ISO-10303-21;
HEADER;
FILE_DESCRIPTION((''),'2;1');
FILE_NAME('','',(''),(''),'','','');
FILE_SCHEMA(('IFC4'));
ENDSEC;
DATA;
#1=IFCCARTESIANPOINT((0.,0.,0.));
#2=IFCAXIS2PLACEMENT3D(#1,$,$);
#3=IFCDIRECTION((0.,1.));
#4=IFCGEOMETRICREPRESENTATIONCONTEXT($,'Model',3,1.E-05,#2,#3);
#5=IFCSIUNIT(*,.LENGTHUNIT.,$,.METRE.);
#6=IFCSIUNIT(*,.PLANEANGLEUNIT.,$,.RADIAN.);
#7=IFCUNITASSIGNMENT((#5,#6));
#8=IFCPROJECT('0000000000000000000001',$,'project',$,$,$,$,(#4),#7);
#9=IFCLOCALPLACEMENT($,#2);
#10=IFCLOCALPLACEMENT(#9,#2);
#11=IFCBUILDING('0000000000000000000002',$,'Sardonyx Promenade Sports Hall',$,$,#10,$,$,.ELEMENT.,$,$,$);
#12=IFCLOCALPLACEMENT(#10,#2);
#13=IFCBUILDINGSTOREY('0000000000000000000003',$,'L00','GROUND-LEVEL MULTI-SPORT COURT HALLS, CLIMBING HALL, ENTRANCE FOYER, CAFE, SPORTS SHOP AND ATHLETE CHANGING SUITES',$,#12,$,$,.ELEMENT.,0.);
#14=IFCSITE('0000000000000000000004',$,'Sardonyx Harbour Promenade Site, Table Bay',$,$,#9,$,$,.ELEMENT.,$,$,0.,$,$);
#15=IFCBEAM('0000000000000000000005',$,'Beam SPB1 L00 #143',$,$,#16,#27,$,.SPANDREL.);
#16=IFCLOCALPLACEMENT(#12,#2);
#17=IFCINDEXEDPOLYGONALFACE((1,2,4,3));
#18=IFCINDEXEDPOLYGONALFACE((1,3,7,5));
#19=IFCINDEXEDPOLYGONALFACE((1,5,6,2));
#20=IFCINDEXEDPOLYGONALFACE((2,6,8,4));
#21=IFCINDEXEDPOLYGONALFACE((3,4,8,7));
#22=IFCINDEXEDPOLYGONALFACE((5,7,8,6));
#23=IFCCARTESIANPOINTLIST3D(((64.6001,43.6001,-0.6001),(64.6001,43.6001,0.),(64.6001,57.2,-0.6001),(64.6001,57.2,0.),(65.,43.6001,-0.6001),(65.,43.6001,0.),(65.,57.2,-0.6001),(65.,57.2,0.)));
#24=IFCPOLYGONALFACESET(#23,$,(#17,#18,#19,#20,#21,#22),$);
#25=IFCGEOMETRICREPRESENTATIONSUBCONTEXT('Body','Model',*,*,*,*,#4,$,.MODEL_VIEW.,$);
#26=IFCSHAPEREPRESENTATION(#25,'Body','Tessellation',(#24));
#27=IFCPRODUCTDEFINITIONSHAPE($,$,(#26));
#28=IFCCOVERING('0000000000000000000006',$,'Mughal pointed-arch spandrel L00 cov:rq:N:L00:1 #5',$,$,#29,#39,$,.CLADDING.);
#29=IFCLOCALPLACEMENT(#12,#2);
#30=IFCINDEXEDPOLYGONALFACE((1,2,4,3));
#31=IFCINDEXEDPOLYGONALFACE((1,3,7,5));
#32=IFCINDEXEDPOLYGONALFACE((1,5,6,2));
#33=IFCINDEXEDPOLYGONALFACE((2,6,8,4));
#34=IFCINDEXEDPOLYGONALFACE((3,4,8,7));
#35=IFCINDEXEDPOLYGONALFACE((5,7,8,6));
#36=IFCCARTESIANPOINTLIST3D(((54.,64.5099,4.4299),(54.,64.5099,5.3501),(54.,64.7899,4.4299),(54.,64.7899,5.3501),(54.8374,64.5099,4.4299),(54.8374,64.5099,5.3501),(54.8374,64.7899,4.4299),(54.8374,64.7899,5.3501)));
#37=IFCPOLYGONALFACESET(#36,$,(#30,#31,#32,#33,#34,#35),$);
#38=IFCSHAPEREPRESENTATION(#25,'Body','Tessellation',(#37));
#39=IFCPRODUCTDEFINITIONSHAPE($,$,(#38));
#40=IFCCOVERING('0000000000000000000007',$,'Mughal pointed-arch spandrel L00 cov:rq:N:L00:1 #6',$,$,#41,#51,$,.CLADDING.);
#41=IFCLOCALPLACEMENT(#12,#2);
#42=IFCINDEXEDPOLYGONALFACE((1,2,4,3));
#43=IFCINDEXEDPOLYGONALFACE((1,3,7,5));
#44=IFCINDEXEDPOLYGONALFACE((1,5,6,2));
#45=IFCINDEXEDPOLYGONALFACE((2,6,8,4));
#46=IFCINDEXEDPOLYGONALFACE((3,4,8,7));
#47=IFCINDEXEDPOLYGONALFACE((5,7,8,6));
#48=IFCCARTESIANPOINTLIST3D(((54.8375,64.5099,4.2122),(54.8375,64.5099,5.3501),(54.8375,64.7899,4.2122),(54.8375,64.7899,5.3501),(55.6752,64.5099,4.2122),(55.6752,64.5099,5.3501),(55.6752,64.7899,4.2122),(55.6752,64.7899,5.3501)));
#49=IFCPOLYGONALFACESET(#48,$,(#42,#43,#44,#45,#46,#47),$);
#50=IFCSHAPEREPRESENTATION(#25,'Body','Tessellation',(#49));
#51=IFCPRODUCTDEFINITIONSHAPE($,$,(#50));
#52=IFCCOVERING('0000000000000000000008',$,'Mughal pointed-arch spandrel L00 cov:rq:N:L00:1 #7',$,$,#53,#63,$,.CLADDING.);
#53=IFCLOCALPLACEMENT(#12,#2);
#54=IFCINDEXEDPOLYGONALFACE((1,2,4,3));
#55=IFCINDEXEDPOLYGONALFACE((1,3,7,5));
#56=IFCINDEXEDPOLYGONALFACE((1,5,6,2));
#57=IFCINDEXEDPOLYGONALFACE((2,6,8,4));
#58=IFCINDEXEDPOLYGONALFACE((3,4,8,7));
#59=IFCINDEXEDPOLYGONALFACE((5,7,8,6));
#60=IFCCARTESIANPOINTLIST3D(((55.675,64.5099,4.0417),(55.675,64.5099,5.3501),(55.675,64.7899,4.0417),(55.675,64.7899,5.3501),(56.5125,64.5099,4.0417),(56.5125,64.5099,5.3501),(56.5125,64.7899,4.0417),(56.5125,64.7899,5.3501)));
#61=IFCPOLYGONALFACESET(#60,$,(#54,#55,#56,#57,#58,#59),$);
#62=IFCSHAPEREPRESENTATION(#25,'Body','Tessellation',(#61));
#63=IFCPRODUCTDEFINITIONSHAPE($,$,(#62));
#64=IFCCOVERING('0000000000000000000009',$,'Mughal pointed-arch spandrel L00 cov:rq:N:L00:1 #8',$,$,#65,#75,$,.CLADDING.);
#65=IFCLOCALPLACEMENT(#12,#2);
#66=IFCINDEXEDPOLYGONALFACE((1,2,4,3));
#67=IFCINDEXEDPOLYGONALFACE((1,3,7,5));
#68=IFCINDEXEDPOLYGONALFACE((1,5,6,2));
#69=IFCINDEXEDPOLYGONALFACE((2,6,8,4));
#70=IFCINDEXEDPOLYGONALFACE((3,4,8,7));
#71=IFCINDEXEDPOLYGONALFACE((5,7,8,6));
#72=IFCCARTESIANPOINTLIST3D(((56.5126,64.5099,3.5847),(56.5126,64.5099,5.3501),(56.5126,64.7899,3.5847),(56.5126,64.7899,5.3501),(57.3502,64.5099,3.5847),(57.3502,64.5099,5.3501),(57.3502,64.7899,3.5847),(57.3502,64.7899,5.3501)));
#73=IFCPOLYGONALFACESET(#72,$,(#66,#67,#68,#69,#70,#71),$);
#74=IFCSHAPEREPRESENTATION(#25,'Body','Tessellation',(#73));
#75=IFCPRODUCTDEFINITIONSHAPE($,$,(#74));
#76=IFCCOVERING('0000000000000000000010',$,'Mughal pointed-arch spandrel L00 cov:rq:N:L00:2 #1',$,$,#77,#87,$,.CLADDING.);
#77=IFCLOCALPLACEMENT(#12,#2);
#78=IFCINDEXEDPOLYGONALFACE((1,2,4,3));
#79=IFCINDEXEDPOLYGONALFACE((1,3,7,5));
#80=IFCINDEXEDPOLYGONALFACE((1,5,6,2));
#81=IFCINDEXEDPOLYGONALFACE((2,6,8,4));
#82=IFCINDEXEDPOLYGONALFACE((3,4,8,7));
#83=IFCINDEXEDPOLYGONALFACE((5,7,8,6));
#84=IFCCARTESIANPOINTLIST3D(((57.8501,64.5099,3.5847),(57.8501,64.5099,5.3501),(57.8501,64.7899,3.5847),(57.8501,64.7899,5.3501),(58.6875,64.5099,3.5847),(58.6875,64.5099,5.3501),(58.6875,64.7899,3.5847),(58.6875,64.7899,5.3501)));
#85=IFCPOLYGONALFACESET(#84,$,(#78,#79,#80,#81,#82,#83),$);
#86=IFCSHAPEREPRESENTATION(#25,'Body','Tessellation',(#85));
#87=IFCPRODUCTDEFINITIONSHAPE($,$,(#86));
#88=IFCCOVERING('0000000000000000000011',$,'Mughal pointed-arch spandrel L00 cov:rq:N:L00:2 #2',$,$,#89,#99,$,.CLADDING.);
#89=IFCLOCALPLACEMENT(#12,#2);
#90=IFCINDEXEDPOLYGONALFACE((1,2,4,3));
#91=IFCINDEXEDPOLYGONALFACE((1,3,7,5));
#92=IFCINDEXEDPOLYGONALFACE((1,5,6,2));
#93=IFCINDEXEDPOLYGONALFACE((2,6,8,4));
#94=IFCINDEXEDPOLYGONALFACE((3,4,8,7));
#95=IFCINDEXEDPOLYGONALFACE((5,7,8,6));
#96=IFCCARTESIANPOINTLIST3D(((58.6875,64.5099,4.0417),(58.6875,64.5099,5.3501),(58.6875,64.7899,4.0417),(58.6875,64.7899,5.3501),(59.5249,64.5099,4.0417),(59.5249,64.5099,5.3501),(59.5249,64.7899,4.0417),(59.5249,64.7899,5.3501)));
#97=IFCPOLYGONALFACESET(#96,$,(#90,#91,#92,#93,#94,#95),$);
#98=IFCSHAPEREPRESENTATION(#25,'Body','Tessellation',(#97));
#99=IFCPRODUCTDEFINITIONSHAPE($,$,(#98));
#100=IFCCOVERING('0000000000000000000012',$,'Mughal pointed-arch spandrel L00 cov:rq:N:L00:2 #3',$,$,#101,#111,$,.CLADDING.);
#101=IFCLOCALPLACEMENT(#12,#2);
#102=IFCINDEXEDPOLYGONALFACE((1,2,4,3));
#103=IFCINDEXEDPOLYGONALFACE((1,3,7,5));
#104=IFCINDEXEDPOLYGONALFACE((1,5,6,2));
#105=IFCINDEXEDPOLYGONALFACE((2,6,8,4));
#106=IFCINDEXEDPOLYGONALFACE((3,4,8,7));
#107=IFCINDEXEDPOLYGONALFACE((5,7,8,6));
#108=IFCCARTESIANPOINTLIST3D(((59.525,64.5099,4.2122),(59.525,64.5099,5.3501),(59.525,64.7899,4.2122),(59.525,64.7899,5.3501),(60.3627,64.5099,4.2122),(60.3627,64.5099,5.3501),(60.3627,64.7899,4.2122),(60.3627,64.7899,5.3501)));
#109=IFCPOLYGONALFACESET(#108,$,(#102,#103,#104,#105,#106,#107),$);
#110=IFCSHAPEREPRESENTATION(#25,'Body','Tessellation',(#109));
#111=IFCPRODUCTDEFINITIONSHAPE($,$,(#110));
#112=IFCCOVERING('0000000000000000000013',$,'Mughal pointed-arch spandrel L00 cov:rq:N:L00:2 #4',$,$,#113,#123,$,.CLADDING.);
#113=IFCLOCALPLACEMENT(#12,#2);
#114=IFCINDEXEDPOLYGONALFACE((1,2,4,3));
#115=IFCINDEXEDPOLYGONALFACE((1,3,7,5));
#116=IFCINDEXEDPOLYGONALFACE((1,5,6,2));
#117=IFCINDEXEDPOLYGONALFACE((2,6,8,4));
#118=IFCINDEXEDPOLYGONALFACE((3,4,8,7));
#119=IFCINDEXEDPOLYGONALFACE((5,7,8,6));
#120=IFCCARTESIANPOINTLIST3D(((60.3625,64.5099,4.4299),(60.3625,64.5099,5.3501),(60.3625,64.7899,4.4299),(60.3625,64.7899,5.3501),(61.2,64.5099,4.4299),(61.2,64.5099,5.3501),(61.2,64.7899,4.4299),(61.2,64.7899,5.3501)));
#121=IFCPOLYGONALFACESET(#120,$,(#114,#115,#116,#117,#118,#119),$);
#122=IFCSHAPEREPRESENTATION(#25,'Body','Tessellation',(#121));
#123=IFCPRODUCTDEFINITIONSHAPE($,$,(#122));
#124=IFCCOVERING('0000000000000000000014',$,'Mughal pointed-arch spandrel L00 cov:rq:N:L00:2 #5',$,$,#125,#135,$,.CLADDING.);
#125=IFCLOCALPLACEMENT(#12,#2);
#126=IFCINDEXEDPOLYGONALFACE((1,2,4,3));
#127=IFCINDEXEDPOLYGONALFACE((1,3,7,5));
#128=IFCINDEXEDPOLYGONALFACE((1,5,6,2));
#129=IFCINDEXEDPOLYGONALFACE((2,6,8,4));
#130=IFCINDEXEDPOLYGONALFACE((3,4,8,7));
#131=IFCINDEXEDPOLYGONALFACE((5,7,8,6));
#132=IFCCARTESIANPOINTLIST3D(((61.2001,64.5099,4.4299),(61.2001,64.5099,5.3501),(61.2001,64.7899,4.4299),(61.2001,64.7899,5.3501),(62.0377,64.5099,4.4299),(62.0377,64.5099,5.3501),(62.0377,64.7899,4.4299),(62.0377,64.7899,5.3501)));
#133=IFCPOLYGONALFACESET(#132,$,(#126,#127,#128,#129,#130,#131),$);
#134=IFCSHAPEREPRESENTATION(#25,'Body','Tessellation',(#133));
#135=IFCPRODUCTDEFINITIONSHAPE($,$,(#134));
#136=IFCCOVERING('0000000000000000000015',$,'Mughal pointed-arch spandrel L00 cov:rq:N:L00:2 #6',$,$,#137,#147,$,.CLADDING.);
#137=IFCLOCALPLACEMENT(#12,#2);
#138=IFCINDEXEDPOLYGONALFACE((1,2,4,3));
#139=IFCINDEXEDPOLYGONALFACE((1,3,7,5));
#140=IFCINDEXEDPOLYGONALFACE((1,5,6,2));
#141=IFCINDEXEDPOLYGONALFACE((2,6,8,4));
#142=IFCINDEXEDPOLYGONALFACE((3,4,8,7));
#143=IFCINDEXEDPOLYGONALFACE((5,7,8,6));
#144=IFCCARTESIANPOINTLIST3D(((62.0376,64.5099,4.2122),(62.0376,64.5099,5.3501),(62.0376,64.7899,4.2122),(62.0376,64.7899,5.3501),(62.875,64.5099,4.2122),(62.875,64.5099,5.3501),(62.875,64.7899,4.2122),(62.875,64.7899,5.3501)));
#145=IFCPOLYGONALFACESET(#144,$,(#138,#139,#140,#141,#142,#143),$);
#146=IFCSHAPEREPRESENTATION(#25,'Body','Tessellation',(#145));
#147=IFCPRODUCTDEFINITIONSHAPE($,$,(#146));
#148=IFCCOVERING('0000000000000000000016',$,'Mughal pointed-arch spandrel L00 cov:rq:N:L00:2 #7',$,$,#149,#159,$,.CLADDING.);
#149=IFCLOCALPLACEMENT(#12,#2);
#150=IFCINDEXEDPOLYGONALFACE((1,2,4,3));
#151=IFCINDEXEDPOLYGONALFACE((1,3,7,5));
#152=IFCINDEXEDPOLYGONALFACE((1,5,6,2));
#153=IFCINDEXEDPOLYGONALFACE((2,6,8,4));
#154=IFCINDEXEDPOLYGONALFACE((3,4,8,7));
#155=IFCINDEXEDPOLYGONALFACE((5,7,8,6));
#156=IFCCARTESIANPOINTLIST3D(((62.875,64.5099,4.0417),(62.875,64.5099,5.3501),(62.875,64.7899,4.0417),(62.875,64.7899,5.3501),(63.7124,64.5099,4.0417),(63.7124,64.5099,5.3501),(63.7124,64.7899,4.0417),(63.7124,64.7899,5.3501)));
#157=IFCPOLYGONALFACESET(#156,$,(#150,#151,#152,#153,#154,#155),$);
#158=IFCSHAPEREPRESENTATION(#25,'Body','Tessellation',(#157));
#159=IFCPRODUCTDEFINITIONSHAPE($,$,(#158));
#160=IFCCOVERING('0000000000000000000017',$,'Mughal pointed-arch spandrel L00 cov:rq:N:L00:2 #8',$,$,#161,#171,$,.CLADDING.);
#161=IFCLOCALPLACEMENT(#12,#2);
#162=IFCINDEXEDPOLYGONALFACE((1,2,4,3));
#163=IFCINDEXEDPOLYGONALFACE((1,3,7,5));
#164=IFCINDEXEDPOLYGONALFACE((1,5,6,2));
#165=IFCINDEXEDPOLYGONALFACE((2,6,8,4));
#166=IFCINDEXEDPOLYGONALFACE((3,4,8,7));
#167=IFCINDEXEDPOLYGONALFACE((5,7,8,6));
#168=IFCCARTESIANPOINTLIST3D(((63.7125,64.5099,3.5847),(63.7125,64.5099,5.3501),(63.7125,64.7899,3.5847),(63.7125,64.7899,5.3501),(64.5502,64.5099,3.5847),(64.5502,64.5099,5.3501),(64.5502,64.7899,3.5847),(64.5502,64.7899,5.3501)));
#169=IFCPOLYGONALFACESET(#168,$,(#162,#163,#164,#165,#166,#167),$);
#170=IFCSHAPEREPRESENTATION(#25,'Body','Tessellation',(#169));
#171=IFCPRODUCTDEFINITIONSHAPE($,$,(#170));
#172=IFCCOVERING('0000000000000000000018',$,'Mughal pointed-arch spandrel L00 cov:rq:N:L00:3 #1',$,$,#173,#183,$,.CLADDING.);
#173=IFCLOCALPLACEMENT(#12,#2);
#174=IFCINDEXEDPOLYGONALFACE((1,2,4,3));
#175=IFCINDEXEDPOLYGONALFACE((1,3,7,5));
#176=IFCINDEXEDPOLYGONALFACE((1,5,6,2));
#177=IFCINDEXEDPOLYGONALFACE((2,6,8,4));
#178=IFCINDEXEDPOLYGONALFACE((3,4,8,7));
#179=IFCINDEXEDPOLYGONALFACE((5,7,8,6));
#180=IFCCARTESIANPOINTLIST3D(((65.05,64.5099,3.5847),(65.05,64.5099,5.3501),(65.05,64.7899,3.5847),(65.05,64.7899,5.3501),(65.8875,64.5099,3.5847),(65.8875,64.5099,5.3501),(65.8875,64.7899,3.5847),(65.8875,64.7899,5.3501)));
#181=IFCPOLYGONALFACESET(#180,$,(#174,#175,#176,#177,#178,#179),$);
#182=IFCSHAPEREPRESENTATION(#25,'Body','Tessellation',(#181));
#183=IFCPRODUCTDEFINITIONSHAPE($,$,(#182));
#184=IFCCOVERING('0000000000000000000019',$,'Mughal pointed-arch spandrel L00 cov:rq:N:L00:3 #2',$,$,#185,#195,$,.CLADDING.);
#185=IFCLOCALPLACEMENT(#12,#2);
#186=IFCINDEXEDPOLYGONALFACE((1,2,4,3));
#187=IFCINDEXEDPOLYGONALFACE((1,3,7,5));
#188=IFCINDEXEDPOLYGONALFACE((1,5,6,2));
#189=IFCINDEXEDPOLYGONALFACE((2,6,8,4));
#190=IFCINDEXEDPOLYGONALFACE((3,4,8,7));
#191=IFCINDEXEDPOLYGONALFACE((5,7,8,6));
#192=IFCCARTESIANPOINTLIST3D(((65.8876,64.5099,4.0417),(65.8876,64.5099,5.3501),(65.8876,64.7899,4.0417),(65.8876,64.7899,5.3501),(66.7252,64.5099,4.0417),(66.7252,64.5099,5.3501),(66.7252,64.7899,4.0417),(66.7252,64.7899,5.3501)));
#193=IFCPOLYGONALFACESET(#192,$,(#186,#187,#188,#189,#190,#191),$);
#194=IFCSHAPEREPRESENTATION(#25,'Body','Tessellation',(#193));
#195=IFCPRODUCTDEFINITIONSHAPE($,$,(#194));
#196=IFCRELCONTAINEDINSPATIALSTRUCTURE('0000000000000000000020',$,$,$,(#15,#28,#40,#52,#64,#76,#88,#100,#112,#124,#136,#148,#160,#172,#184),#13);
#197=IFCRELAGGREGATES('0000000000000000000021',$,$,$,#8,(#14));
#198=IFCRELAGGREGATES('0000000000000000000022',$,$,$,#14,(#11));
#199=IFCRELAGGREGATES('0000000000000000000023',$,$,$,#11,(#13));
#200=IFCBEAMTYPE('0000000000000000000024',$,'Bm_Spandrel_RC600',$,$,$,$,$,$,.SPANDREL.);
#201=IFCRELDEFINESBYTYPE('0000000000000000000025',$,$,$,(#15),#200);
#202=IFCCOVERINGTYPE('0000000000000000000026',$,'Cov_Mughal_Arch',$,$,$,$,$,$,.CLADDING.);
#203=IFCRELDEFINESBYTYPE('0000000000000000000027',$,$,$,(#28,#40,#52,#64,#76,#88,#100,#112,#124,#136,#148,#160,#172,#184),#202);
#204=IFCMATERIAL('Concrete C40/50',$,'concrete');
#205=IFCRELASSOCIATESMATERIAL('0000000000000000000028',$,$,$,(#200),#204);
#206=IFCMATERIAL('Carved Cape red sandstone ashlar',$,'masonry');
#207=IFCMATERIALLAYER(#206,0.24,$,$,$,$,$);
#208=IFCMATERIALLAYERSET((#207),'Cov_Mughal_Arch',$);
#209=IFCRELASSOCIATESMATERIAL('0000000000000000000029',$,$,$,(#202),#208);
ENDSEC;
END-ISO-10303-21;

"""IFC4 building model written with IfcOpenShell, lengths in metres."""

from ifc_helpers import new_model, si_unit, direction, frame, frame_2d, origin, origin_2d, place, context, subcontext, project, spatial, rectangle, extrude, material, layer, layer_set, material_profile, profile_set, type_object, element, save


model = new_model("IFC4")

# Units and contexts
model_context = context("Model", 3, precision=1e-05, world=origin(), true_north=direction((0.0, 1.0)))
body_context = subcontext(model_context, "Body", "Model", "MODEL_VIEW")
ifc_project = project(units=[si_unit("LENGTHUNIT", "METRE"), si_unit("PLANEANGLEUNIT", "RADIAN")], contexts=[model_context])

# Site, building, storey
site_placement = place(None, origin())
site = spatial("IfcSite", under=ifc_project, at=site_placement, Name="Sardonyx Harbour Promenade Site, Table Bay", CompositionType="ELEMENT", RefElevation=0.0)
building_placement = place(site_placement, origin())
building = spatial("IfcBuilding", under=site, at=building_placement, Name="Sardonyx Promenade Sports Hall", CompositionType="ELEMENT")
storey_placement = place(building_placement, origin())
storey = spatial("IfcBuildingStorey", under=building, at=storey_placement, Name="L00", Description="GROUND-LEVEL MULTI-SPORT COURT HALLS, CLIMBING HALL, ENTRANCE FOYER, CAFE, SPORTS SHOP AND ATHLETE CHANGING SUITES", CompositionType="ELEMENT", Elevation=0.0)

# Beam
ifc_material_1 = material(Name="Concrete C40/50", Category="concrete")
ifc_material_profile = material_profile(ifc_material_1, rectangle(XDim=0.3999, YDim=0.6001, at=origin_2d()))
ifc_profile_set = profile_set([ifc_material_profile], Name="Concrete C40/50")
beam_type = type_object("IfcBeamType", Name="Bm_Spandrel_RC600", PredefinedType="SPANDREL", material=ifc_profile_set)
beam_placement = place(storey_placement, frame((64.8, 43.6001, -0.3), z_axis=(0.0, 1.0, 0.0), x_axis=(-1.0, 0.0, 0.0)))
element("IfcBeam", 1, at=beam_placement, inside=storey, type_object=beam_type, Name="Beam SPB1 L00 #143", PredefinedType="SPANDREL", context=body_context, shape_type="SweptSolid", body=[
    extrude(rectangle(XDim=0.3999, YDim=0.6001, at=origin_2d()), origin(), (0.0, 0.0, 1.0), 13.5999),
])

# Coverings
ifc_material_2 = material(Name="Carved Cape red sandstone ashlar", Category="masonry")
ifc_layer = layer(ifc_material_2, 0.24)
ifc_layer_set = layer_set([ifc_layer], Name="Cov_Mughal_Arch")
covering_type = type_object("IfcCoveringType", Name="Cov_Mughal_Arch", PredefinedType="CLADDING", material=ifc_layer_set)
covering_1_placement = place(storey_placement, frame((54.0, 64.6499, 4.4299), z_axis=(0.0, 0.0, 1.0), x_axis=(1.0, 0.0, 0.0)))
element("IfcCovering", 2, at=covering_1_placement, inside=storey, type_object=covering_type, Name="Mughal pointed-arch spandrel L00 cov:rq:N:L00:1 #5", PredefinedType="CLADDING", context=body_context, shape_type="SweptSolid", body=[
    extrude(rectangle(XDim=0.8374, YDim=0.28, at=frame_2d((0.4187, 0.0))), origin(), (0.0, 0.0, 1.0), 0.9202),
])
covering_2_placement = place(storey_placement, frame((54.8374, 64.6499, 4.2122), z_axis=(0.0, 0.0, 1.0), x_axis=(1.0, 0.0, 0.0)))
element("IfcCovering", 3, at=covering_2_placement, inside=storey, type_object=covering_type, Name="Mughal pointed-arch spandrel L00 cov:rq:N:L00:1 #6", PredefinedType="CLADDING", context=body_context, shape_type="SweptSolid", body=[
    extrude(rectangle(XDim=0.8376, YDim=0.28, at=frame_2d((0.4189, 0.0))), origin(), (0.0, 0.0, 1.0), 1.1379),
])
covering_3_placement = place(storey_placement, frame((55.675, 64.6499, 4.0417), z_axis=(0.0, 0.0, 1.0), x_axis=(1.0, 0.0, 0.0)))
element("IfcCovering", 4, at=covering_3_placement, inside=storey, type_object=covering_type, Name="Mughal pointed-arch spandrel L00 cov:rq:N:L00:1 #7", PredefinedType="CLADDING", context=body_context, shape_type="SweptSolid", body=[
    extrude(rectangle(XDim=0.8374, YDim=0.28, at=frame_2d((0.4187, 0.0))), origin(), (0.0, 0.0, 1.0), 1.3083),
])
covering_4_placement = place(storey_placement, frame((56.5125, 64.6499, 3.5847), z_axis=(0.0, 0.0, 1.0), x_axis=(1.0, 0.0, 0.0)))
element("IfcCovering", 5, at=covering_4_placement, inside=storey, type_object=covering_type, Name="Mughal pointed-arch spandrel L00 cov:rq:N:L00:1 #8", PredefinedType="CLADDING", context=body_context, shape_type="SweptSolid", body=[
    extrude(rectangle(XDim=0.8376, YDim=0.28, at=frame_2d((0.4189, 0.0))), origin(), (0.0, 0.0, 1.0), 1.7654),
])
covering_5_placement = place(storey_placement, frame((57.8501, 64.6499, 3.5847), z_axis=(0.0, 0.0, 1.0), x_axis=(1.0, 0.0, 0.0)))
element("IfcCovering", 6, at=covering_5_placement, inside=storey, type_object=covering_type, Name="Mughal pointed-arch spandrel L00 cov:rq:N:L00:2 #1", PredefinedType="CLADDING", context=body_context, shape_type="SweptSolid", body=[
    extrude(rectangle(XDim=0.8374, YDim=0.28, at=frame_2d((0.4187, 0.0))), origin(), (0.0, 0.0, 1.0), 1.7654),
])
covering_6_placement = place(storey_placement, frame((58.6875, 64.6499, 4.0417), z_axis=(0.0, 0.0, 1.0), x_axis=(1.0, 0.0, 0.0)))
element("IfcCovering", 7, at=covering_6_placement, inside=storey, type_object=covering_type, Name="Mughal pointed-arch spandrel L00 cov:rq:N:L00:2 #2", PredefinedType="CLADDING", context=body_context, shape_type="SweptSolid", body=[
    extrude(rectangle(XDim=0.8374, YDim=0.28, at=frame_2d((0.4187, 0.0))), origin(), (0.0, 0.0, 1.0), 1.3083),
])
covering_7_placement = place(storey_placement, frame((59.5249, 64.6499, 4.2122), z_axis=(0.0, 0.0, 1.0), x_axis=(1.0, 0.0, 0.0)))
element("IfcCovering", 8, at=covering_7_placement, inside=storey, type_object=covering_type, Name="Mughal pointed-arch spandrel L00 cov:rq:N:L00:2 #3", PredefinedType="CLADDING", context=body_context, shape_type="SweptSolid", body=[
    extrude(rectangle(XDim=0.8376, YDim=0.28, at=frame_2d((0.4189, 0.0))), origin(), (0.0, 0.0, 1.0), 1.1379),
])
covering_8_placement = place(storey_placement, frame((60.3625, 64.6499, 4.4299), z_axis=(0.0, 0.0, 1.0), x_axis=(1.0, 0.0, 0.0)))
element("IfcCovering", 9, at=covering_8_placement, inside=storey, type_object=covering_type, Name="Mughal pointed-arch spandrel L00 cov:rq:N:L00:2 #4", PredefinedType="CLADDING", context=body_context, shape_type="SweptSolid", body=[
    extrude(rectangle(XDim=0.8374, YDim=0.28, at=frame_2d((0.4187, 0.0))), origin(), (0.0, 0.0, 1.0), 0.9202),
])
covering_9_placement = place(storey_placement, frame((61.2, 64.6499, 4.4299), z_axis=(0.0, 0.0, 1.0), x_axis=(1.0, 0.0, 0.0)))
element("IfcCovering", 10, at=covering_9_placement, inside=storey, type_object=covering_type, Name="Mughal pointed-arch spandrel L00 cov:rq:N:L00:2 #5", PredefinedType="CLADDING", context=body_context, shape_type="SweptSolid", body=[
    extrude(rectangle(XDim=0.8376, YDim=0.28, at=frame_2d((0.4189, 0.0))), origin(), (0.0, 0.0, 1.0), 0.9202),
])
covering_10_placement = place(storey_placement, frame((62.0376, 64.6499, 4.2122), z_axis=(0.0, 0.0, 1.0), x_axis=(1.0, 0.0, 0.0)))
element("IfcCovering", 11, at=covering_10_placement, inside=storey, type_object=covering_type, Name="Mughal pointed-arch spandrel L00 cov:rq:N:L00:2 #6", PredefinedType="CLADDING", context=body_context, shape_type="SweptSolid", body=[
    extrude(rectangle(XDim=0.8374, YDim=0.28, at=frame_2d((0.4187, 0.0))), origin(), (0.0, 0.0, 1.0), 1.1379),
])
covering_11_placement = place(storey_placement, frame((62.875, 64.6499, 4.0417), z_axis=(0.0, 0.0, 1.0), x_axis=(1.0, 0.0, 0.0)))
element("IfcCovering", 12, at=covering_11_placement, inside=storey, type_object=covering_type, Name="Mughal pointed-arch spandrel L00 cov:rq:N:L00:2 #7", PredefinedType="CLADDING", context=body_context, shape_type="SweptSolid", body=[
    extrude(rectangle(XDim=0.8374, YDim=0.28, at=frame_2d((0.4187, 0.0))), origin(), (0.0, 0.0, 1.0), 1.3083),
])
covering_12_placement = place(storey_placement, frame((63.7124, 64.6499, 3.5847), z_axis=(0.0, 0.0, 1.0), x_axis=(1.0, 0.0, 0.0)))
element("IfcCovering", 13, at=covering_12_placement, inside=storey, type_object=covering_type, Name="Mughal pointed-arch spandrel L00 cov:rq:N:L00:2 #8", PredefinedType="CLADDING", context=body_context, shape_type="SweptSolid", body=[
    extrude(rectangle(XDim=0.8376, YDim=0.28, at=frame_2d((0.4189, 0.0))), origin(), (0.0, 0.0, 1.0), 1.7654),
])
covering_13_placement = place(storey_placement, frame((65.05, 64.6499, 3.5847), z_axis=(0.0, 0.0, 1.0), x_axis=(1.0, 0.0, 0.0)))
element("IfcCovering", 14, at=covering_13_placement, inside=storey, type_object=covering_type, Name="Mughal pointed-arch spandrel L00 cov:rq:N:L00:3 #1", PredefinedType="CLADDING", context=body_context, shape_type="SweptSolid", body=[
    extrude(rectangle(XDim=0.8374, YDim=0.28, at=frame_2d((0.4187, 0.0))), origin(), (0.0, 0.0, 1.0), 1.7654),
])
covering_14_placement = place(storey_placement, frame((65.8875, 64.6499, 4.0417), z_axis=(0.0, 0.0, 1.0), x_axis=(1.0, 0.0, 0.0)))
element("IfcCovering", 15, at=covering_14_placement, inside=storey, type_object=covering_type, Name="Mughal pointed-arch spandrel L00 cov:rq:N:L00:3 #2", PredefinedType="CLADDING", context=body_context, shape_type="SweptSolid", body=[
    extrude(rectangle(XDim=0.8376, YDim=0.28, at=frame_2d((0.4189, 0.0))), origin(), (0.0, 0.0, 1.0), 1.3083),
])

save(model, "model.ifc")
